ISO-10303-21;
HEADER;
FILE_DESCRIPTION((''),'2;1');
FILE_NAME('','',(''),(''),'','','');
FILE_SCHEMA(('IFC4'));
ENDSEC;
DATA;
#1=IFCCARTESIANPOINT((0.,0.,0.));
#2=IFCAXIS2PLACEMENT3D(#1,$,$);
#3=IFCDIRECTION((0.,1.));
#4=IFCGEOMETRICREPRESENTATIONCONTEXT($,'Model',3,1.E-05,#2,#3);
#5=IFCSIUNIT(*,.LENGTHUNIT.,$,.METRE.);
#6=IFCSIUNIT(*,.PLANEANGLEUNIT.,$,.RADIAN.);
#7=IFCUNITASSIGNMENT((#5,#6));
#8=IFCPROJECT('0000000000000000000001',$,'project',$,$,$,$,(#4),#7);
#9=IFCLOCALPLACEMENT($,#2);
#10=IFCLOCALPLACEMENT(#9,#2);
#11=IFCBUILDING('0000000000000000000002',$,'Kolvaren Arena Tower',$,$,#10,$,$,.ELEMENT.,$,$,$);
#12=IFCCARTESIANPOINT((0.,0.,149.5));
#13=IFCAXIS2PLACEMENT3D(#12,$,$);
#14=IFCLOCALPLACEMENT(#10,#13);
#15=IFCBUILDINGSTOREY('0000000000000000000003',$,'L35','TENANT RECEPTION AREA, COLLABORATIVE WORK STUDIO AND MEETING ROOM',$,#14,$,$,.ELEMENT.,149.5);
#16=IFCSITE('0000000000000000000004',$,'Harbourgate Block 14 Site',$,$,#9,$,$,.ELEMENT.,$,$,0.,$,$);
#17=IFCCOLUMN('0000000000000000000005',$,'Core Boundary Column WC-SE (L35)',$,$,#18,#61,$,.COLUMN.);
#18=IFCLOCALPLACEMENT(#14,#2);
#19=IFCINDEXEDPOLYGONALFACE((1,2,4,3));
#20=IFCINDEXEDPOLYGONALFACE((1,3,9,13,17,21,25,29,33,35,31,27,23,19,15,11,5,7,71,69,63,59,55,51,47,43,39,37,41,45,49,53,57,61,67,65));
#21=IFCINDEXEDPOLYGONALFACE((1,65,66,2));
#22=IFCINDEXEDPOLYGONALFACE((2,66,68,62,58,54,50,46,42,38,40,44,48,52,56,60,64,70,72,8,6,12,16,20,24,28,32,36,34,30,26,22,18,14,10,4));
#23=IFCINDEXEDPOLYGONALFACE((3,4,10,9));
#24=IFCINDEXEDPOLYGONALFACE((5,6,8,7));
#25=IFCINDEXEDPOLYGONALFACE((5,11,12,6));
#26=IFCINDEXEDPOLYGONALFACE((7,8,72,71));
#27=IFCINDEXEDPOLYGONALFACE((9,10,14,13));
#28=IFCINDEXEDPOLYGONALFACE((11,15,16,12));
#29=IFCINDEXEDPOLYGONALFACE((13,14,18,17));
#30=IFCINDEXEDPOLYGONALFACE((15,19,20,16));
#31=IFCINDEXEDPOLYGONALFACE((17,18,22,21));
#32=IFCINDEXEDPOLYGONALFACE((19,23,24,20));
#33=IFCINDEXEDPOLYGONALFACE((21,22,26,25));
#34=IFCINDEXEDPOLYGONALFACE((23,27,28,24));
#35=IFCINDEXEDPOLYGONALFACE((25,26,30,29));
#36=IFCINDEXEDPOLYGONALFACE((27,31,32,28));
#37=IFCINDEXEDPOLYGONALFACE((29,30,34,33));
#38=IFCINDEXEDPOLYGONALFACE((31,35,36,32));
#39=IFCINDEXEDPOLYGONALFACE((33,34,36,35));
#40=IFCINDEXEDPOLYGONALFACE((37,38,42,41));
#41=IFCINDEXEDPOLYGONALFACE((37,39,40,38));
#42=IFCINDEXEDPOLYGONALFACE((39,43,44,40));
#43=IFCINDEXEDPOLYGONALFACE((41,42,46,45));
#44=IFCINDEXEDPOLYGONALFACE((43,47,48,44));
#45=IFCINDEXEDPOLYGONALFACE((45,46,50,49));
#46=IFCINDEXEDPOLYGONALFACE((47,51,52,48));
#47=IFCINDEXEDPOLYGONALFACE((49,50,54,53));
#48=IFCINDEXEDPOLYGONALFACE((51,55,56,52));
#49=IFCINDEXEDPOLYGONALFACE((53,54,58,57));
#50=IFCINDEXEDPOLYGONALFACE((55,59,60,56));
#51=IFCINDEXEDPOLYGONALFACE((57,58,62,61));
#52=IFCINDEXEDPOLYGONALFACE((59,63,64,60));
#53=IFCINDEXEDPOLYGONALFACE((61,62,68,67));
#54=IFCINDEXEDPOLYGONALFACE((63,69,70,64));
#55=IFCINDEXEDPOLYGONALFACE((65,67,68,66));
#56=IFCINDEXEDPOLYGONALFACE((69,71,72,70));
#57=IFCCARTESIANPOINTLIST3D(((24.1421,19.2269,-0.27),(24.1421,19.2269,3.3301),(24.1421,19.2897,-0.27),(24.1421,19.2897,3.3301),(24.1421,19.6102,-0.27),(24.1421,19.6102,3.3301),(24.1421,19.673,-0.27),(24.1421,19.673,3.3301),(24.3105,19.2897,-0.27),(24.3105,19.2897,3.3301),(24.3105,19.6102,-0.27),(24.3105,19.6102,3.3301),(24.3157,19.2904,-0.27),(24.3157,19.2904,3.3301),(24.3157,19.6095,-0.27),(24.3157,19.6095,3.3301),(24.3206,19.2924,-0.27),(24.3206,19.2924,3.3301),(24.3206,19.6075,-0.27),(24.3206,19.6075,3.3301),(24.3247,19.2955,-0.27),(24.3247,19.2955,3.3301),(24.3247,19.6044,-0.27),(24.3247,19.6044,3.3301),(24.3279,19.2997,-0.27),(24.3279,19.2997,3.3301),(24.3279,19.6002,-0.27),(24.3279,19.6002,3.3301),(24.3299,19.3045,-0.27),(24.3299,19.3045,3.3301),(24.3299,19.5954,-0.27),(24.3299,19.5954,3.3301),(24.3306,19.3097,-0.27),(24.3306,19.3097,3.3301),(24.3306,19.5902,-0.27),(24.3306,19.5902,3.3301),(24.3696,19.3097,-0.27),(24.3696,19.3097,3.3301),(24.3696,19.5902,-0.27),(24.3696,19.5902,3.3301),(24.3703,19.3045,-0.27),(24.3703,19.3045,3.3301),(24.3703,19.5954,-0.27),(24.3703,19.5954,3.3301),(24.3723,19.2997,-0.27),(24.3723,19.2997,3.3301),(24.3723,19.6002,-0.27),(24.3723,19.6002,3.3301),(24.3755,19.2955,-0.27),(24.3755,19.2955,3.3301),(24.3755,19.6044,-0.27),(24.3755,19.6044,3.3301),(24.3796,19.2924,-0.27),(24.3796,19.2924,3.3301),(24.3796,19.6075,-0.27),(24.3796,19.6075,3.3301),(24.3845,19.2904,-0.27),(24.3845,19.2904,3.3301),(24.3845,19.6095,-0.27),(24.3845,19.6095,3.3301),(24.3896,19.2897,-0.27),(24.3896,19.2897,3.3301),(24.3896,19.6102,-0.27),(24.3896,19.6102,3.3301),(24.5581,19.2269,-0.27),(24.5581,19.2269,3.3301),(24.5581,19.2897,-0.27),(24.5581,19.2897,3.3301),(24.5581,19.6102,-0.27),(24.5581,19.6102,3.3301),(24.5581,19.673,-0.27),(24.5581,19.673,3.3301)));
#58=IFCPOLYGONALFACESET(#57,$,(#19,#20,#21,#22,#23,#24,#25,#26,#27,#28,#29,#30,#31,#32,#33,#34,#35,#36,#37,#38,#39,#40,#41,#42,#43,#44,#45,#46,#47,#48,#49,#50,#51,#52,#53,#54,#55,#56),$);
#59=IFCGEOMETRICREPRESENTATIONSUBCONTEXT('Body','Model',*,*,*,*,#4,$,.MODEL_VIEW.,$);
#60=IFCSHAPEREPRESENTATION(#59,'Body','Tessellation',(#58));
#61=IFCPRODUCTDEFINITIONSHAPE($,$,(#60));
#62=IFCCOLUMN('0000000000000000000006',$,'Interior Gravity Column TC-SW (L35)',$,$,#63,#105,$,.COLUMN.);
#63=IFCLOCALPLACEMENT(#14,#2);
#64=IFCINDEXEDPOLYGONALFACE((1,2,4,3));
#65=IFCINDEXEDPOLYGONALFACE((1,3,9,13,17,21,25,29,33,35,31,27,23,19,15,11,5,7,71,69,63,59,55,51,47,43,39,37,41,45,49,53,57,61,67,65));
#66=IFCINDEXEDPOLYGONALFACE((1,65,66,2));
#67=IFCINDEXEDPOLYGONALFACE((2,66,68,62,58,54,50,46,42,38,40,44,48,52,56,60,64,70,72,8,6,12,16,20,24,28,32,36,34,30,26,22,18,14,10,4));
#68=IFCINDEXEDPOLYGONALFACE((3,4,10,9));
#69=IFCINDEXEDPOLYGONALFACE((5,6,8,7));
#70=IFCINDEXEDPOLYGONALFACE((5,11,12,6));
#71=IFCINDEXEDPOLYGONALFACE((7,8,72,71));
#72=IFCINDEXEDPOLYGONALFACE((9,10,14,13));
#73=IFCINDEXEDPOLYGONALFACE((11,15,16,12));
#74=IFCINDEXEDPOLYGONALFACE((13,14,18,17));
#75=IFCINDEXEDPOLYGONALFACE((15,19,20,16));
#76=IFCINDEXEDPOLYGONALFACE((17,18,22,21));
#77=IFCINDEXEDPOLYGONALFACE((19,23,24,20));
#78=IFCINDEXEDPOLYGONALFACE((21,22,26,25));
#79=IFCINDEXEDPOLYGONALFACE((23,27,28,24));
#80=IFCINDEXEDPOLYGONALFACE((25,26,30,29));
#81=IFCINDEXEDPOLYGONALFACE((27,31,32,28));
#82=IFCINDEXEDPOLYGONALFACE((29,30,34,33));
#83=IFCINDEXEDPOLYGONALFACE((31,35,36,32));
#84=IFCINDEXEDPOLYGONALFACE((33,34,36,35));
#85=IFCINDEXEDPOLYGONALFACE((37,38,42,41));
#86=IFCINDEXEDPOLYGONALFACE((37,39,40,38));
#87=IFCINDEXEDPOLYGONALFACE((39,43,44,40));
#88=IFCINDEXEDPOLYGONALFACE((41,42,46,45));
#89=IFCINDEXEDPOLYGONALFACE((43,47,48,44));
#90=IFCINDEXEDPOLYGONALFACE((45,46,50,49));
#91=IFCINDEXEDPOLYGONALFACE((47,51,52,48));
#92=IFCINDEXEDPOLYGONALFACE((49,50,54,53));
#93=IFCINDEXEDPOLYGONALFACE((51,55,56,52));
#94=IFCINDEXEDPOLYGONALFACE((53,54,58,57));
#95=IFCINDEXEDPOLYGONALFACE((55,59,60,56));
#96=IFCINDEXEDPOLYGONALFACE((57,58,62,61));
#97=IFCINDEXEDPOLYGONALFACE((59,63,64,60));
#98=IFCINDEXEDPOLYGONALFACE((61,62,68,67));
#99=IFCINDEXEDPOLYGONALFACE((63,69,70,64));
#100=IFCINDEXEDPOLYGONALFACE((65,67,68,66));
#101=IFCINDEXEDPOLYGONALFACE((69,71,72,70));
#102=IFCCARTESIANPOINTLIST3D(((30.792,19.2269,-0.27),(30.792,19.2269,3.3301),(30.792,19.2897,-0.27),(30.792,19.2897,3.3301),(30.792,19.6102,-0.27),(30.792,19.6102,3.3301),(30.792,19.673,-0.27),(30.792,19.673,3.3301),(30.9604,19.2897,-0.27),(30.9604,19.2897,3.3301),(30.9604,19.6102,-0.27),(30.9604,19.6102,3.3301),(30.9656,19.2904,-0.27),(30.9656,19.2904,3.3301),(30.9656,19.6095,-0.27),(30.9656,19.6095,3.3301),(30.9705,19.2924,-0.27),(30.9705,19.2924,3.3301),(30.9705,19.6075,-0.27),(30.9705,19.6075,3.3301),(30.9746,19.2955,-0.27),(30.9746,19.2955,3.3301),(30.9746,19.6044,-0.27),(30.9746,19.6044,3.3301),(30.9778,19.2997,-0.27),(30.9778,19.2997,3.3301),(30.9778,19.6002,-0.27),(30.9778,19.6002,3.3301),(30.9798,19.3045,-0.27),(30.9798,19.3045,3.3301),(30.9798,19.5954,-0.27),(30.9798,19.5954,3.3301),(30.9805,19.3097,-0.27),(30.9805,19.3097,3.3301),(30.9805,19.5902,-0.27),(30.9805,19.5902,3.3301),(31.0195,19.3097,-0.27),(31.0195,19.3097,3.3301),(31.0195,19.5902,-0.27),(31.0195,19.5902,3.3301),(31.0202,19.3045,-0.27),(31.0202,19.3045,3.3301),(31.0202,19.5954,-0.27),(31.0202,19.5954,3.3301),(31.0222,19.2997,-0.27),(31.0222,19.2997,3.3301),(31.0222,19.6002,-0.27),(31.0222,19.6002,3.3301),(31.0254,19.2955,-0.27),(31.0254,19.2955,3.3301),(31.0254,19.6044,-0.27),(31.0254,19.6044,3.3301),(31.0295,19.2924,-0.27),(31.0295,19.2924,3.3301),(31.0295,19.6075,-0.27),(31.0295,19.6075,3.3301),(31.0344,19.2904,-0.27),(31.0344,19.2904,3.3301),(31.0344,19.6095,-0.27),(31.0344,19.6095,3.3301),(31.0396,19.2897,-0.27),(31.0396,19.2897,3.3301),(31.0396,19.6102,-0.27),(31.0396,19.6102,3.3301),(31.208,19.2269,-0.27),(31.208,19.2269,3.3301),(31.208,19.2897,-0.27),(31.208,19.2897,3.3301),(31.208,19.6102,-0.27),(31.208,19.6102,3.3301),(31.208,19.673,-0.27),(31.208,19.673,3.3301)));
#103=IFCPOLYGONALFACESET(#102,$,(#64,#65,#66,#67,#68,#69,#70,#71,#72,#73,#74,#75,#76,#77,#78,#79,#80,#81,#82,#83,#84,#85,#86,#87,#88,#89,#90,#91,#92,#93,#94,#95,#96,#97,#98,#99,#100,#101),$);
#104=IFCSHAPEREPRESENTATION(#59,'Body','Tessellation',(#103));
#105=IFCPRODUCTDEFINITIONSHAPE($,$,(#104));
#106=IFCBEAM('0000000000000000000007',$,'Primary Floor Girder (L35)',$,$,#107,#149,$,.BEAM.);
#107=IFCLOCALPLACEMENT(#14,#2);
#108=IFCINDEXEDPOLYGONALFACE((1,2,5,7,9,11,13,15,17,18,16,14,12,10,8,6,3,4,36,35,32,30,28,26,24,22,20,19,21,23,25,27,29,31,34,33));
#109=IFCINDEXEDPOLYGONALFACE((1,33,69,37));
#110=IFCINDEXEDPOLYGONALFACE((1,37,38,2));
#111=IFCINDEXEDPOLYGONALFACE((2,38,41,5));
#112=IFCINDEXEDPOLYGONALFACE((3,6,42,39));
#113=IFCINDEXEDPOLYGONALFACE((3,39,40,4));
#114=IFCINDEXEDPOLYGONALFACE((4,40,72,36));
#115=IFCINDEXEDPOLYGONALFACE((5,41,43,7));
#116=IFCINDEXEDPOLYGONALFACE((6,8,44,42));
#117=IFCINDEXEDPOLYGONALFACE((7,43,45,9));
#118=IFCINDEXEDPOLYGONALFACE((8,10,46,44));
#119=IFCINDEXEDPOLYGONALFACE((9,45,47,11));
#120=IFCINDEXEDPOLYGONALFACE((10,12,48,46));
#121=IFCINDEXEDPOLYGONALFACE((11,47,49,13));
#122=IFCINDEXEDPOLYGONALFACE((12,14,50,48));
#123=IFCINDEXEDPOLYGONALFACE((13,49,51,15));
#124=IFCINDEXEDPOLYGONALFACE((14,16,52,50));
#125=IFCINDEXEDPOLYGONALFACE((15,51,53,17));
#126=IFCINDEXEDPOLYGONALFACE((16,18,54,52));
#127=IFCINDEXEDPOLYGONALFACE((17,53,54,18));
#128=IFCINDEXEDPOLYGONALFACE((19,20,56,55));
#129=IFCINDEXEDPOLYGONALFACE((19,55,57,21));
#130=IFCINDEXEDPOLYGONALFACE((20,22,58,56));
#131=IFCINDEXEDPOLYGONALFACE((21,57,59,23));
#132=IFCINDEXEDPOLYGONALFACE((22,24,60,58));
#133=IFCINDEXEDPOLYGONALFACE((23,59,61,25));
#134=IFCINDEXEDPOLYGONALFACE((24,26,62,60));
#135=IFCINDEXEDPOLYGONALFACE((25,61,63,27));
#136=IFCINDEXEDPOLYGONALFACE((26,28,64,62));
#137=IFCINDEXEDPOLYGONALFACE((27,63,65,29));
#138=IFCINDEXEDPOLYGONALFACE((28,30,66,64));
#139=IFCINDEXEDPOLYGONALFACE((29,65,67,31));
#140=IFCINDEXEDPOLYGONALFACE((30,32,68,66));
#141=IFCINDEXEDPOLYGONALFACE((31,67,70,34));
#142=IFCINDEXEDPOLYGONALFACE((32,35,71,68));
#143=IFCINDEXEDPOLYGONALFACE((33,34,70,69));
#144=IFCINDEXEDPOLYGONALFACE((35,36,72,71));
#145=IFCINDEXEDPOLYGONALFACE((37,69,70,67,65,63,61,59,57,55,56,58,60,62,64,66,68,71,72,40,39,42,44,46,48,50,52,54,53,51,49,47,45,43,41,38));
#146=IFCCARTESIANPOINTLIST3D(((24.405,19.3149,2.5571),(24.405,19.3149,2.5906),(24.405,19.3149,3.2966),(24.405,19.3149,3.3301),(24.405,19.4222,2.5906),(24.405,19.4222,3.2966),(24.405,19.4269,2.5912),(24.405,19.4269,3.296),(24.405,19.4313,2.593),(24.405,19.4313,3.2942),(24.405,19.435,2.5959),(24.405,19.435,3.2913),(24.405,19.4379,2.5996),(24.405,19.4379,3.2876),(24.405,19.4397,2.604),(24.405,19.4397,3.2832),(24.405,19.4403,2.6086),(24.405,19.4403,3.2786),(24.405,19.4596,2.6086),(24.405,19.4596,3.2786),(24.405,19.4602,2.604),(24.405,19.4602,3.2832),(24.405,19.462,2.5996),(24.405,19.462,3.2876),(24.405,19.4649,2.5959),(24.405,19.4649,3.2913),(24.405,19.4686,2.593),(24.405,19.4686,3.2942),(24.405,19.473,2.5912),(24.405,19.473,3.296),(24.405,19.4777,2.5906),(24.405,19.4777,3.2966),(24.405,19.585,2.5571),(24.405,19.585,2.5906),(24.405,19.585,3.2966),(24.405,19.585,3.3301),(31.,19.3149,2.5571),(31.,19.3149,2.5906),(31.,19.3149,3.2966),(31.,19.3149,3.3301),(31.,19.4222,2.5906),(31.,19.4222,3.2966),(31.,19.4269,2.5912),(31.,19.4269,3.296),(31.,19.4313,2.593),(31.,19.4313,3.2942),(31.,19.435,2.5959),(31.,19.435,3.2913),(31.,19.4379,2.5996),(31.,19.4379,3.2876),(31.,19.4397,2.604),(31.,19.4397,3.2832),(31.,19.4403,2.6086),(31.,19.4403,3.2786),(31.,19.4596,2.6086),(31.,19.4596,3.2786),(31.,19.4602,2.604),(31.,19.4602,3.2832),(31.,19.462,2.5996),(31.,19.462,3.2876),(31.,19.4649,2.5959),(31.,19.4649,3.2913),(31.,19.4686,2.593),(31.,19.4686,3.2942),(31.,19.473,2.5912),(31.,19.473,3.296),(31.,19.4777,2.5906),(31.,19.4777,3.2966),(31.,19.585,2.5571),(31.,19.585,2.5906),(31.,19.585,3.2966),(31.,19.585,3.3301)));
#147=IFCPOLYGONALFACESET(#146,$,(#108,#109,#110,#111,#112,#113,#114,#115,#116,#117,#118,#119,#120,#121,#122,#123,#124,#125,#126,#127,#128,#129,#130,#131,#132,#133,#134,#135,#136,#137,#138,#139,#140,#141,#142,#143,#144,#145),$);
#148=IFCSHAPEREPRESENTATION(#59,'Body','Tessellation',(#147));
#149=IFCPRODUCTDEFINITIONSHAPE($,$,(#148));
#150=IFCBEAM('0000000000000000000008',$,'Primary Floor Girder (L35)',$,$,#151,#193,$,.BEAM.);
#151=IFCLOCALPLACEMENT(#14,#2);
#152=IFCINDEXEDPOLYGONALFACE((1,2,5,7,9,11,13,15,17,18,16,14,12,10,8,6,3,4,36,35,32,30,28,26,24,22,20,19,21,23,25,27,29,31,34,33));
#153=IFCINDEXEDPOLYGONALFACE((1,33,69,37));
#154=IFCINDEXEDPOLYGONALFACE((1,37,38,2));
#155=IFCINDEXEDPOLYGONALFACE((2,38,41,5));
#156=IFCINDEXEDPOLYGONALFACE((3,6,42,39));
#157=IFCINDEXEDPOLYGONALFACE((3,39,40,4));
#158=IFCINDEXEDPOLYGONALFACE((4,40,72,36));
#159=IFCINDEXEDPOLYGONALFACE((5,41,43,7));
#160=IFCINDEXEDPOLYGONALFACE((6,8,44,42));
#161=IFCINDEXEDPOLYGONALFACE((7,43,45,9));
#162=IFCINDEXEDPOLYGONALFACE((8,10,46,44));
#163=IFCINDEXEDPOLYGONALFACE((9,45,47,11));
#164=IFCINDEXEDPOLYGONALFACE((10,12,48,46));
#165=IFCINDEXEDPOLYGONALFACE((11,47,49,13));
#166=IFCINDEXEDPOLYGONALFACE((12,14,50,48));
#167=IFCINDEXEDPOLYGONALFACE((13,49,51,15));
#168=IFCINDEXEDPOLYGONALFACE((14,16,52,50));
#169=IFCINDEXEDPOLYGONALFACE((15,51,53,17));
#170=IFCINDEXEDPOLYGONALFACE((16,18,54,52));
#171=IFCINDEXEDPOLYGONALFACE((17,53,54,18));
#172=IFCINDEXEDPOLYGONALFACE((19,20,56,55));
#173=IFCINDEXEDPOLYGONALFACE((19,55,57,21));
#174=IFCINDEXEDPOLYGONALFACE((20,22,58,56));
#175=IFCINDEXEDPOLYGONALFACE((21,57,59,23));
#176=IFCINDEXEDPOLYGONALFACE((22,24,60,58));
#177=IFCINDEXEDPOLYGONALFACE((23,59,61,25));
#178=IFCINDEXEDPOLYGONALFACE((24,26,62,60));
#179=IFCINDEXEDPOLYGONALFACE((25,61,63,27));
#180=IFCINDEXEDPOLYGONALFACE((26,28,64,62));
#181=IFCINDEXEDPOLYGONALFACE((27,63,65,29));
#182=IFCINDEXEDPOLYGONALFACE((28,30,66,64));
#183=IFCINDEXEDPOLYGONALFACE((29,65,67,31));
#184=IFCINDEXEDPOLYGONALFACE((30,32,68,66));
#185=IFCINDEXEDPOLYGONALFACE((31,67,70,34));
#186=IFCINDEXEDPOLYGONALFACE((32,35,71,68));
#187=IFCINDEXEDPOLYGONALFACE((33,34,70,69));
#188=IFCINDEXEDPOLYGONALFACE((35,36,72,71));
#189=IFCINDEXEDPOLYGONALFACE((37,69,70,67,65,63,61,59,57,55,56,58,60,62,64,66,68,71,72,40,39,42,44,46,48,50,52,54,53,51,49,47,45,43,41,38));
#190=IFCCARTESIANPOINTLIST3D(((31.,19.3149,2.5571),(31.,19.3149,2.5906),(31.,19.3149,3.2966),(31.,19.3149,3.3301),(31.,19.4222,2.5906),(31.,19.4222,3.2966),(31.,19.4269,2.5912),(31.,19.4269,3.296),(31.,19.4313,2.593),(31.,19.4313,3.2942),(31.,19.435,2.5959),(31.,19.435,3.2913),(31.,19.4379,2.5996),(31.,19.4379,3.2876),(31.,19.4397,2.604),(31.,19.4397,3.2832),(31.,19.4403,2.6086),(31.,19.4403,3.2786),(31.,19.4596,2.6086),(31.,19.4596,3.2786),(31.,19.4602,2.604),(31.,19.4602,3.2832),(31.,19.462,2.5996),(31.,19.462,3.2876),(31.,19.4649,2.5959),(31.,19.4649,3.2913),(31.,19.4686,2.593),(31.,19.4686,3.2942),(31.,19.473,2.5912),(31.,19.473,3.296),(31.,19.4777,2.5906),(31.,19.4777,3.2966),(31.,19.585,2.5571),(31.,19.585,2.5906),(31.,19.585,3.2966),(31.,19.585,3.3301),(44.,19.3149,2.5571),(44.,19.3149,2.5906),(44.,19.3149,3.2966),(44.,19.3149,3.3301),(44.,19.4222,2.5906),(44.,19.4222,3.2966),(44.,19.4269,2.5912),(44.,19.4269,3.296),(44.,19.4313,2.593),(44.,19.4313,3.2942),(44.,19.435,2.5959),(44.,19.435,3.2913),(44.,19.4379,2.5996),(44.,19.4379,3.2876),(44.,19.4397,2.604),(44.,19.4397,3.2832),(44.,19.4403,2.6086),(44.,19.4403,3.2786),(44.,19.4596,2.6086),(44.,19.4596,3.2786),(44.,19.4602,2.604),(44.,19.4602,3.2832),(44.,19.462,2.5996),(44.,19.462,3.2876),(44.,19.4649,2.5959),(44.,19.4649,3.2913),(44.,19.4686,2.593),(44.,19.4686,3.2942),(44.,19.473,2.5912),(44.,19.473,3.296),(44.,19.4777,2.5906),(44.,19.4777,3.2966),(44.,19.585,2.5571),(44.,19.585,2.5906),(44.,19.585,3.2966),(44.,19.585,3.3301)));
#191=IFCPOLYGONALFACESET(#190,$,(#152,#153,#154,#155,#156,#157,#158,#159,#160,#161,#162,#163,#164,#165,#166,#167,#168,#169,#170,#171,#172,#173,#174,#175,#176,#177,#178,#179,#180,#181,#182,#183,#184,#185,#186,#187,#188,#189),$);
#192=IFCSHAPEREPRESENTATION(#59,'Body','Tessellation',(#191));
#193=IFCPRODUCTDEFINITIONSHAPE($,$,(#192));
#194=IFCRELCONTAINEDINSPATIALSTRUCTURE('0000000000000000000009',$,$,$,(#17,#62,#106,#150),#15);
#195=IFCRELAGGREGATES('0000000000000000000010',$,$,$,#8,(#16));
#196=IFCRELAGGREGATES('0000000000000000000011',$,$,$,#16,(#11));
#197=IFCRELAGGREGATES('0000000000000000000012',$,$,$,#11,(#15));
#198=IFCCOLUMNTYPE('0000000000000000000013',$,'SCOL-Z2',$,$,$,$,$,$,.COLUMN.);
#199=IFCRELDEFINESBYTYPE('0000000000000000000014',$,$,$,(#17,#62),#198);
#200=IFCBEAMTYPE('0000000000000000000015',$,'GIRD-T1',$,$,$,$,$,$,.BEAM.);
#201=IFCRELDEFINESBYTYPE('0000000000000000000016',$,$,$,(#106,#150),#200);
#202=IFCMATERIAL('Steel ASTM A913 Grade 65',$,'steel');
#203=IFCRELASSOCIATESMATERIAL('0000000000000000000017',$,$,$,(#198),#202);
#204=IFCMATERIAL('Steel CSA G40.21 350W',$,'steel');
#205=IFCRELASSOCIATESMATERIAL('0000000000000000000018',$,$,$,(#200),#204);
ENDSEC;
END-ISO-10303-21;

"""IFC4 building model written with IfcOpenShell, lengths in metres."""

from ifc_helpers import new_model, si_unit, direction, frame, origin, origin_2d, place, context, subcontext, project, spatial, i_section, extrude, material, material_profile, profile_set, type_object, element, save


model = new_model("IFC4")

# Units and contexts
model_context = context("Model", 3, precision=1e-05, world=origin(), true_north=direction((0.0, 1.0)))
body_context = subcontext(model_context, "Body", "Model", "MODEL_VIEW")
ifc_project = project(units=[si_unit("LENGTHUNIT", "METRE"), si_unit("PLANEANGLEUNIT", "RADIAN")], contexts=[model_context])

# Site, building, storey
site_placement = place(None, origin())
site = spatial("IfcSite", under=ifc_project, at=site_placement, Name="Harbourgate Block 14 Site", CompositionType="ELEMENT", RefElevation=0.0)
building_placement = place(site_placement, origin())
building = spatial("IfcBuilding", under=site, at=building_placement, Name="Kolvaren Arena Tower", CompositionType="ELEMENT")
storey_placement = place(building_placement, frame((0.0, 0.0, 149.5)))
storey = spatial("IfcBuildingStorey", under=building, at=storey_placement, Name="L35", Description="TENANT RECEPTION AREA, COLLABORATIVE WORK STUDIO AND MEETING ROOM", CompositionType="ELEMENT", Elevation=149.5)

# Columns
ifc_material_1 = material(Name="Steel ASTM A913 Grade 65", Category="steel")
ifc_material_profile_1 = material_profile(ifc_material_1, i_section(OverallWidth=0.416, OverallDepth=0.446, WebThickness=0.0391, FlangeThickness=0.0627, FilletRadius=0.02, at=origin_2d()), Name="W360x509")
ifc_profile_set_1 = profile_set([ifc_material_profile_1], Name="Steel ASTM A913 Grade 65")
column_type = type_object("IfcColumnType", Name="SCOL-Z2", PredefinedType="COLUMN", material=ifc_profile_set_1)
for number, where, z_axis, x_axis, name in (
    (1, (24.3501, 19.45, -0.27), (0.0, 0.0, 1.0), (1.0, 0.0, 0.0), "Core Boundary Column WC-SE (L35)"),
    (2, (31.0, 19.45, -0.27), (0.0, 0.0, 1.0), (1.0, 0.0, 0.0), "Interior Gravity Column TC-SW (L35)"),
):
    element("IfcColumn", number, at=place(storey_placement, frame(where, z_axis=z_axis, x_axis=x_axis)), inside=storey, type_object=column_type, Name=name, PredefinedType="COLUMN", context=body_context, shape_type="SweptSolid", body=[
        extrude(i_section(OverallWidth=0.416, OverallDepth=0.446, WebThickness=0.0391, FlangeThickness=0.0627, FilletRadius=0.02, at=origin_2d()), origin(), (0.0, 0.0, 1.0), 3.6001),
    ])

# Beams
ifc_material_2 = material(Name="Steel CSA G40.21 350W", Category="steel")
ifc_material_profile_2 = material_profile(ifc_material_2, i_section(OverallWidth=0.27, OverallDepth=0.7729, WebThickness=0.0193, FlangeThickness=0.0334, FilletRadius=0.0181, at=origin_2d()), Name="W760x257")
ifc_profile_set_2 = profile_set([ifc_material_profile_2], Name="Steel CSA G40.21 350W")
beam_type = type_object("IfcBeamType", Name="GIRD-T1", PredefinedType="BEAM", material=ifc_profile_set_2)
beam_1_placement = place(storey_placement, frame((24.405, 19.45, 2.9436), z_axis=(1.0, 0.0, 0.0), x_axis=(0.0, 1.0, 0.0)))
element("IfcBeam", 3, at=beam_1_placement, inside=storey, type_object=beam_type, Name="Primary Floor Girder (L35)", PredefinedType="BEAM", context=body_context, shape_type="SweptSolid", body=[
    extrude(i_section(OverallWidth=0.27, OverallDepth=0.7729, WebThickness=0.0193, FlangeThickness=0.0334, FilletRadius=0.0181, at=origin_2d()), origin(), (0.0, 0.0, 1.0), 6.595),
])
beam_2_placement = place(storey_placement, frame((31.0, 19.45, 2.9436), z_axis=(1.0, 0.0, 0.0), x_axis=(0.0, 1.0, 0.0)))
element("IfcBeam", 4, at=beam_2_placement, inside=storey, type_object=beam_type, Name="Primary Floor Girder (L35)", PredefinedType="BEAM", context=body_context, shape_type="SweptSolid", body=[
    extrude(i_section(OverallWidth=0.27, OverallDepth=0.7729, WebThickness=0.0193, FlangeThickness=0.0334, FilletRadius=0.0181, at=origin_2d()), origin(), (0.0, 0.0, 1.0), 13.0),
])

save(model, "model.ifc")
